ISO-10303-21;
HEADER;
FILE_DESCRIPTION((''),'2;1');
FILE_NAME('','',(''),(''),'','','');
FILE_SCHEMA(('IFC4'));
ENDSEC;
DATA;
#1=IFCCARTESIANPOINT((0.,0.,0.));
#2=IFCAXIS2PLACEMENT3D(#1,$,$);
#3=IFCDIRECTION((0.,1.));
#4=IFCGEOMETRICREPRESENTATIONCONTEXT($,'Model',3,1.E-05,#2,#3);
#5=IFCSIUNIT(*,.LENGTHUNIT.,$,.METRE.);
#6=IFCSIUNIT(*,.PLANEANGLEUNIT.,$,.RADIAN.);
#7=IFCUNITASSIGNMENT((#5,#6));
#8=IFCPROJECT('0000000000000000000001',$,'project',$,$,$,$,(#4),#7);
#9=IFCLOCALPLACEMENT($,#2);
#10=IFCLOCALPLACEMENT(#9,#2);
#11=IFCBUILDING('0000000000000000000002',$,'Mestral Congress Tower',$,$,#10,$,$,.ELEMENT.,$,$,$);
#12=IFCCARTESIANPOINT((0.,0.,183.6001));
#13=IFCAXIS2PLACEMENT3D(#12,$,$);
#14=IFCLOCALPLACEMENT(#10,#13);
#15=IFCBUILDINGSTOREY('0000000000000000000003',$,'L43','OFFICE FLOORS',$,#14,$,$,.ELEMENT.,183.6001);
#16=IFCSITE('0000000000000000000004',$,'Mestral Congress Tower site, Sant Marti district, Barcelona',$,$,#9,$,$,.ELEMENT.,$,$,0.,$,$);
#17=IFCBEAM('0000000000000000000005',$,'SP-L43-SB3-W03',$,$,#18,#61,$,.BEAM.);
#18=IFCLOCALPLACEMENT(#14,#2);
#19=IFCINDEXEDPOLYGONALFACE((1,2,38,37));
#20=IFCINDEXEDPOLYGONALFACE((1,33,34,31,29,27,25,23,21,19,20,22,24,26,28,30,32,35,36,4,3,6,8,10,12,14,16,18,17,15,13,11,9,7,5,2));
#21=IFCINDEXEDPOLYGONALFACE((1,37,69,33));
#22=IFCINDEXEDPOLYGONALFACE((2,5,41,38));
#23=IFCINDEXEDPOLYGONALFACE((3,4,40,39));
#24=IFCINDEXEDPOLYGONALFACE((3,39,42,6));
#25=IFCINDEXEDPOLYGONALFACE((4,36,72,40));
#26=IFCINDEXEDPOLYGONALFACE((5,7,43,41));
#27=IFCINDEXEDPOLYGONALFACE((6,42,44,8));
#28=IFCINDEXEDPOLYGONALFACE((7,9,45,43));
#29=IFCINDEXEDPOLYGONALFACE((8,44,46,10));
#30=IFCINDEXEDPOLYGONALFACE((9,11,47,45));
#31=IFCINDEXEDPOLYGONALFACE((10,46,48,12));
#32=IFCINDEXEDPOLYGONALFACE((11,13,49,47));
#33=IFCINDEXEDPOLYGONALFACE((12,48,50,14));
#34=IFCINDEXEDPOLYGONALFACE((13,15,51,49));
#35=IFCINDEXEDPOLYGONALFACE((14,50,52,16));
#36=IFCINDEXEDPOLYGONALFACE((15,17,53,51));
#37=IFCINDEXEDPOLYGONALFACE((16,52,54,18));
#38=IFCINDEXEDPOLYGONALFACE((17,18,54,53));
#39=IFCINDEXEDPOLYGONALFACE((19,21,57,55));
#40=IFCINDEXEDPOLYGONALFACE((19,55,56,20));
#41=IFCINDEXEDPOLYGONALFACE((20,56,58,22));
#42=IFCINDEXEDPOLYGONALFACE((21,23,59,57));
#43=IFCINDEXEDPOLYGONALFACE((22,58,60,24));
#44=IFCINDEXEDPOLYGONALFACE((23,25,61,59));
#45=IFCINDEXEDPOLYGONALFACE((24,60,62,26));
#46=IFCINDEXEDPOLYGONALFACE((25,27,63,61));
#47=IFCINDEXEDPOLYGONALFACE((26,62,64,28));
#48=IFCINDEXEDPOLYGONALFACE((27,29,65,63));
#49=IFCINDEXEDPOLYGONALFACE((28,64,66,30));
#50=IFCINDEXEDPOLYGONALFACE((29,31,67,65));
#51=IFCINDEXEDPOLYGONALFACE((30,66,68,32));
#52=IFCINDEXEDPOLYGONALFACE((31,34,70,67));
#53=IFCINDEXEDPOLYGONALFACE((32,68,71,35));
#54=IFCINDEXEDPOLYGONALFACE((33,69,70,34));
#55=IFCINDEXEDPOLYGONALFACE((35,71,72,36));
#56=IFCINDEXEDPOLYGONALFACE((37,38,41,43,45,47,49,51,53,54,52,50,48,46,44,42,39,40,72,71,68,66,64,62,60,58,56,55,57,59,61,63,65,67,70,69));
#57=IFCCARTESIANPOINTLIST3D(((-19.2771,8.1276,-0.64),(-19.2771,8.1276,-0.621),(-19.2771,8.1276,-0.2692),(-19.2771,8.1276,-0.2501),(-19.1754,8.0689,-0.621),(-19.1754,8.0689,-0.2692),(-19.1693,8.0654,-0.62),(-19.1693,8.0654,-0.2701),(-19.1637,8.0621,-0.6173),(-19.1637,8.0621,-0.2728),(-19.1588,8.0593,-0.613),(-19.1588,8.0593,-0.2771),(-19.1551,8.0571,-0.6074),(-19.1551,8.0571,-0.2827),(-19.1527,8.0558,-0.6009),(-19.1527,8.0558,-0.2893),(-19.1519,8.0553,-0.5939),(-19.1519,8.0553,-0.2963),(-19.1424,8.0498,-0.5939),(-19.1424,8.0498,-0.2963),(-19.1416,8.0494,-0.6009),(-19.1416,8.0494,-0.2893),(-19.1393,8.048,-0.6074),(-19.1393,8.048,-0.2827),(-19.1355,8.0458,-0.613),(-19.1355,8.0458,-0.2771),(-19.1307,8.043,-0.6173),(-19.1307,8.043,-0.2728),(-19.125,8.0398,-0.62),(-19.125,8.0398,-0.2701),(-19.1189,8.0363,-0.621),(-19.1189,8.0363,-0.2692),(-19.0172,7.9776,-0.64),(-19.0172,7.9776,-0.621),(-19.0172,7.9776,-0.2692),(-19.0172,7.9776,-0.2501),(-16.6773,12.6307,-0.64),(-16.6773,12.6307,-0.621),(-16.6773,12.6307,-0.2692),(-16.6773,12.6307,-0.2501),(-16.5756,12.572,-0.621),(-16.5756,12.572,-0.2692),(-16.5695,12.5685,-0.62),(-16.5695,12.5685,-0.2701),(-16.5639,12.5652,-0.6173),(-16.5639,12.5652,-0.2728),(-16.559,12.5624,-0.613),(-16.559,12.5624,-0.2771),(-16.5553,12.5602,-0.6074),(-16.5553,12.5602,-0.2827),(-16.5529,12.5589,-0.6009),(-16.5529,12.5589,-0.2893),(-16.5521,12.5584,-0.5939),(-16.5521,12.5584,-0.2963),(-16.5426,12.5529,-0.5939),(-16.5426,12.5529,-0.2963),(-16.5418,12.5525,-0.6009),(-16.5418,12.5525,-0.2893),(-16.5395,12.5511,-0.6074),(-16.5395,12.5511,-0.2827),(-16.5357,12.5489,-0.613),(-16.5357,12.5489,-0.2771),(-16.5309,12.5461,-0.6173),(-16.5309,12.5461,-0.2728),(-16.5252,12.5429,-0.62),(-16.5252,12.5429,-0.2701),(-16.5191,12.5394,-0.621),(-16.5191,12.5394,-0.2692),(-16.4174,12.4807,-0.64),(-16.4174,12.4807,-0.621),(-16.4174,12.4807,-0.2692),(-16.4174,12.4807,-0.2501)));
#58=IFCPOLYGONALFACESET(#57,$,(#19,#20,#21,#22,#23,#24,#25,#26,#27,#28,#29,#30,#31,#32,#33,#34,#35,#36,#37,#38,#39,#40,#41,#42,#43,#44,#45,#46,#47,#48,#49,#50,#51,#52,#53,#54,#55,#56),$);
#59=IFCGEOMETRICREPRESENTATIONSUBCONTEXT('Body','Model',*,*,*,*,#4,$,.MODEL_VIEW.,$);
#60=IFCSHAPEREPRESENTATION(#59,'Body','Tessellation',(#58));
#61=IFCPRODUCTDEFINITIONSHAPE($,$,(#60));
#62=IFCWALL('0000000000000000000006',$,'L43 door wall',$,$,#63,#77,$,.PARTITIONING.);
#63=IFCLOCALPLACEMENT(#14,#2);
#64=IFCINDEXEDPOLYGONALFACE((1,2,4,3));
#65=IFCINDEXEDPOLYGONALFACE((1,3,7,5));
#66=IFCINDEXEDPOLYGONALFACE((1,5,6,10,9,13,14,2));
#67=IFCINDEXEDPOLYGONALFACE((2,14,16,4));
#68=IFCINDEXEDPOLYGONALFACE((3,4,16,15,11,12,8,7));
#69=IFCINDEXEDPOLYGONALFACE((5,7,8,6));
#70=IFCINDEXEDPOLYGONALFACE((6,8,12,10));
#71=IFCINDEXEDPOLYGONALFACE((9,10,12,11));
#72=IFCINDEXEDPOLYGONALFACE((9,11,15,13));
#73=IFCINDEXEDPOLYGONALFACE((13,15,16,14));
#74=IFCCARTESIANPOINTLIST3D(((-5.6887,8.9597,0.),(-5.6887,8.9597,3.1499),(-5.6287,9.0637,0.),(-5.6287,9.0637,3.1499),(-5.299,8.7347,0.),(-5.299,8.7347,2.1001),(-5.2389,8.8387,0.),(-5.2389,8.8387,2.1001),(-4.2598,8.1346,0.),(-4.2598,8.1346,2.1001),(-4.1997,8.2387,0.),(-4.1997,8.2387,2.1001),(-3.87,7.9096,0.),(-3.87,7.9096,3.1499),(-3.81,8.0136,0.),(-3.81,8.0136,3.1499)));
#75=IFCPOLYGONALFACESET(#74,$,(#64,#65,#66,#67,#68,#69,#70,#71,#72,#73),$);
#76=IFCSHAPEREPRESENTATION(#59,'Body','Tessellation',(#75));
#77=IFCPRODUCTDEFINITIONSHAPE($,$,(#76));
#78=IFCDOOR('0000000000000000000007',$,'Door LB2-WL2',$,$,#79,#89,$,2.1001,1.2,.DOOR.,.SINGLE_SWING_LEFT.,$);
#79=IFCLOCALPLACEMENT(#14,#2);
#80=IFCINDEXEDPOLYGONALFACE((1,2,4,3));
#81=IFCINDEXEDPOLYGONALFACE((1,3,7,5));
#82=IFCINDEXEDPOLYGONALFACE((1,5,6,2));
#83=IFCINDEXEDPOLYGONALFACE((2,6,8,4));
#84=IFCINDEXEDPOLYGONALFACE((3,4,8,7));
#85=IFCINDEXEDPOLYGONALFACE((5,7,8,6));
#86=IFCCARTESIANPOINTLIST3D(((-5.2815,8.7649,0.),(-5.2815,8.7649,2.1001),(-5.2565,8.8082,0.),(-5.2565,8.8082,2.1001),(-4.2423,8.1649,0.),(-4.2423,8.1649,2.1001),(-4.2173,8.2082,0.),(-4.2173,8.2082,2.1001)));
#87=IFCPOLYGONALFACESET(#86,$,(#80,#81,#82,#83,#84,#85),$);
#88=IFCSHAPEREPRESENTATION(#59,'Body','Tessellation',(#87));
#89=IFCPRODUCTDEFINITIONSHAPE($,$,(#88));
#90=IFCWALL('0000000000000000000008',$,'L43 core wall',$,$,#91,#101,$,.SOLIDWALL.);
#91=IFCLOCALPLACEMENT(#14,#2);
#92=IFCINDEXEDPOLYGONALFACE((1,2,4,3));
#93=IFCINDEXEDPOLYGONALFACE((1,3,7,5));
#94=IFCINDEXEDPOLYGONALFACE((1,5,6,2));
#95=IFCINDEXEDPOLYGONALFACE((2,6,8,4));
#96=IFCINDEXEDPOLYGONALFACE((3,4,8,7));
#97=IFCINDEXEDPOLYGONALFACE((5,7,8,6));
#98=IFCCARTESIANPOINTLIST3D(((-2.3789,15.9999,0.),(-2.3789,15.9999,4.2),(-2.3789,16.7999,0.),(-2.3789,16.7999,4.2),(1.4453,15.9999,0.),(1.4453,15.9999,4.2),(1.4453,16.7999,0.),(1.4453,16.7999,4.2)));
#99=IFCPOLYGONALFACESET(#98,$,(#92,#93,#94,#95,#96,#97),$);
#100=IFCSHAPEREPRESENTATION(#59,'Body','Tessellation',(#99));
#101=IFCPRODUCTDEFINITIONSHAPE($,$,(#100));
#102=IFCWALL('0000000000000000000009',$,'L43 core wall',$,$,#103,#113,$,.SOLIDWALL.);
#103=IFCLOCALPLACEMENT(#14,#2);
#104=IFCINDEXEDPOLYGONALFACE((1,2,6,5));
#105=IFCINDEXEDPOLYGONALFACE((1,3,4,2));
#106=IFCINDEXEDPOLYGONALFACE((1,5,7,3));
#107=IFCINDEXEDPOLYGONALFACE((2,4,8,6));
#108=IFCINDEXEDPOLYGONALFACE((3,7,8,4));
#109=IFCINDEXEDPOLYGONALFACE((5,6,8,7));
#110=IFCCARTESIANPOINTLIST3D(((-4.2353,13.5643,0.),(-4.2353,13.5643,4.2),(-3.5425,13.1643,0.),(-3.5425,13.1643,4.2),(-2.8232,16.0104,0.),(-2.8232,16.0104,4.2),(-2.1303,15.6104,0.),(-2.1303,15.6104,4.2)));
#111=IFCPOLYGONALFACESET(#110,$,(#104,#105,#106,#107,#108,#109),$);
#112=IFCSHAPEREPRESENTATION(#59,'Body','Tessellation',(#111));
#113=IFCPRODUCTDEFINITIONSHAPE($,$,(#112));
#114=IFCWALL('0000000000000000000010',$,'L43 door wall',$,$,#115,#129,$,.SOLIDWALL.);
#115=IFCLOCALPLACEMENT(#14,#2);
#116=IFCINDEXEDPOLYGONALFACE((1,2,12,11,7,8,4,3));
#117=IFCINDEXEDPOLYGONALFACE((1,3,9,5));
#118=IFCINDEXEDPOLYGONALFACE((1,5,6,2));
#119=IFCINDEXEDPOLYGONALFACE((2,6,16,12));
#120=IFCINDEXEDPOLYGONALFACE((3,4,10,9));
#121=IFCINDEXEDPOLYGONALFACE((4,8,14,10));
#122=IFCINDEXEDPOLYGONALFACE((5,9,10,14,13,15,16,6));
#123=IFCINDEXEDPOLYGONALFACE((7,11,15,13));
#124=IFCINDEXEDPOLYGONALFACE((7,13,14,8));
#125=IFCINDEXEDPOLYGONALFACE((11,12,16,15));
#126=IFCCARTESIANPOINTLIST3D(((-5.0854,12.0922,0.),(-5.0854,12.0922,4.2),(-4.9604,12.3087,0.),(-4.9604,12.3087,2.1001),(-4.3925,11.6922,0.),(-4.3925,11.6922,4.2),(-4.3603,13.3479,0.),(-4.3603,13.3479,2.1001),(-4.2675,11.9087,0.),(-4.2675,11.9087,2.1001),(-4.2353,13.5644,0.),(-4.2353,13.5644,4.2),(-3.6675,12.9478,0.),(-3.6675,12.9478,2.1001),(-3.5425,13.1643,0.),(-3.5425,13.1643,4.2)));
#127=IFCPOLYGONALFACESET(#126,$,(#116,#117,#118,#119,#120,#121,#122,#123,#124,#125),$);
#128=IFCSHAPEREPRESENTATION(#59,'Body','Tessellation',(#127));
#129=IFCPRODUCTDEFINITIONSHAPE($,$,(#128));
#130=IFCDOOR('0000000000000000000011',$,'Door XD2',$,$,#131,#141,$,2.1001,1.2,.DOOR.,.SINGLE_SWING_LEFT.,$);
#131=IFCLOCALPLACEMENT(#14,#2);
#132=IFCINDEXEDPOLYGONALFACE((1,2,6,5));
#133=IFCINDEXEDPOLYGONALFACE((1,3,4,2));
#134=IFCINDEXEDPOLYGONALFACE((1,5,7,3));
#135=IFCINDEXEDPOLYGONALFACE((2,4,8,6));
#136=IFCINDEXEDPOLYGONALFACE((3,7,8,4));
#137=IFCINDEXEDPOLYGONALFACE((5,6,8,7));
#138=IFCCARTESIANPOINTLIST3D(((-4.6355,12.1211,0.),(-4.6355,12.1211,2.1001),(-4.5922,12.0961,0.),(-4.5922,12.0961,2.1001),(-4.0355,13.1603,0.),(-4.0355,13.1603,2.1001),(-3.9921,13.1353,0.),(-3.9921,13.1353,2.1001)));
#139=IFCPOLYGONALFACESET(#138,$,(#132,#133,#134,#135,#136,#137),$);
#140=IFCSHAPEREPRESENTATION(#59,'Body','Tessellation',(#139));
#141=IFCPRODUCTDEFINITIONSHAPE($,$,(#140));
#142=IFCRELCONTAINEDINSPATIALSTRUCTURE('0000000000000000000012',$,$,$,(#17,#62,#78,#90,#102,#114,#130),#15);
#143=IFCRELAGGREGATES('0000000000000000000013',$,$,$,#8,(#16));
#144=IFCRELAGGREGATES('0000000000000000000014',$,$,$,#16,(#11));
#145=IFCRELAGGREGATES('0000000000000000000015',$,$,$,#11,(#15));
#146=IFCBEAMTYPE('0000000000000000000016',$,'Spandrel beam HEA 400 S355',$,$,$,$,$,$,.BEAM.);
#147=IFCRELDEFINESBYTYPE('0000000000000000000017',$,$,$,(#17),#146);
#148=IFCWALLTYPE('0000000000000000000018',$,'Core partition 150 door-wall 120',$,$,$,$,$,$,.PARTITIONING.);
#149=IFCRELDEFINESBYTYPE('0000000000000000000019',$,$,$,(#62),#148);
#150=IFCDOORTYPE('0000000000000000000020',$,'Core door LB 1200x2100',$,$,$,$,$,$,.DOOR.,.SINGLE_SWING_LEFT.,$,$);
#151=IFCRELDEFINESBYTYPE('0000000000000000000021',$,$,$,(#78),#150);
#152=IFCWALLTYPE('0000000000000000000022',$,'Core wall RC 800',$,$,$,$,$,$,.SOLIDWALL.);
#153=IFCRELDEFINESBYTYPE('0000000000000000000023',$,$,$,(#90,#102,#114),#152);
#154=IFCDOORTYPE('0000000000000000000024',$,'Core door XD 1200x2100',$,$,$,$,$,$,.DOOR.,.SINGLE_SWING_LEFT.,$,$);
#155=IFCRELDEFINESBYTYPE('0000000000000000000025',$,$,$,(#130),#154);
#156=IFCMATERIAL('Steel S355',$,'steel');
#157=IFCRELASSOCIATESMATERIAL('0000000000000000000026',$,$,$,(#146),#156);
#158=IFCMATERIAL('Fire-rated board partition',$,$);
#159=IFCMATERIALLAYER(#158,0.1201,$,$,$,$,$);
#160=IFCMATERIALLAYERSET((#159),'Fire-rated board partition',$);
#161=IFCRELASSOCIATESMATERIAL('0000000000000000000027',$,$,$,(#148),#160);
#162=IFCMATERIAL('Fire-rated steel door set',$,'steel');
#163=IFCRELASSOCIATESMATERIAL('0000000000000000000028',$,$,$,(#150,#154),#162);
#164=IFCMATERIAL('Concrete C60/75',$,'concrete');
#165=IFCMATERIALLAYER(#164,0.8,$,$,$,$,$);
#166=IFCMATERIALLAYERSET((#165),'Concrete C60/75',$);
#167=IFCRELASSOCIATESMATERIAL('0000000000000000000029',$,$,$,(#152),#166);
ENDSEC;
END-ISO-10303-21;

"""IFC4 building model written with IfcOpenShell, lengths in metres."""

from ifc_helpers import new_model, si_unit, direction, frame, frame_2d, origin, origin_2d, place, context, subcontext, project, spatial, rectangle, i_section, extrude, material, layer, layer_set, material_profile, profile_set, type_object, element, fill, save


model = new_model("IFC4")

# Units and contexts
model_context = context("Model", 3, precision=1e-05, world=origin(), true_north=direction((0.0, 1.0)))
body_context = subcontext(model_context, "Body", "Model", "MODEL_VIEW")
ifc_project = project(units=[si_unit("LENGTHUNIT", "METRE"), si_unit("PLANEANGLEUNIT", "RADIAN")], contexts=[model_context])

# Site, building, storey
site_placement = place(None, origin())
site = spatial("IfcSite", under=ifc_project, at=site_placement, Name="Mestral Congress Tower site, Sant Marti district, Barcelona", CompositionType="ELEMENT", RefElevation=0.0)
building_placement = place(site_placement, origin())
building = spatial("IfcBuilding", under=site, at=building_placement, Name="Mestral Congress Tower", CompositionType="ELEMENT")
storey_placement = place(building_placement, frame((0.0, 0.0, 183.6001)))
storey = spatial("IfcBuildingStorey", under=building, at=storey_placement, Name="L43", Description="OFFICE FLOORS", CompositionType="ELEMENT", Elevation=183.6001)

# Shared definitions
ifc_material_1 = material(Name="Concrete C60/75", Category="concrete")

# Beam
ifc_material_2 = material(Name="Steel S355", Category="steel")
ifc_material_profile_1 = material_profile(ifc_material_2, i_section(OverallWidth=0.3, OverallDepth=0.3899, WebThickness=0.011, FlangeThickness=0.019, FilletRadius=0.0271, at=origin_2d()), Name="HEA 400")
ifc_profile_set_1 = profile_set([ifc_material_profile_1], Name="Steel S355")
beam_type_1 = type_object("IfcBeamType", Name="Spandrel beam HEA 400 S355", PredefinedType="BEAM", material=ifc_profile_set_1)
beam_1_placement = place(storey_placement, frame((-16.5474, 12.5557, -0.4451), z_axis=(-0.499992, -0.86603, 0.0), x_axis=(0.86603, -0.499992, 0.0)))
element("IfcBeam", 1, at=beam_1_placement, inside=storey, type_object=beam_type_1, Name="SP-L43-SB3-W03", PredefinedType="BEAM", context=body_context, shape_type="SweptSolid", body=[
    extrude(i_section(OverallWidth=0.3, OverallDepth=0.3899, WebThickness=0.011, FlangeThickness=0.019, FilletRadius=0.0271, at=origin_2d()), origin(), (0.0, 0.0, 1.0), 5.1997),
])

# Wall, opening, door
ifc_material_3 = material(Name="Fire-rated board partition")
ifc_layer_1 = layer(ifc_material_3, 0.1201)
ifc_layer_set_1 = layer_set([ifc_layer_1], Name="Fire-rated board partition")
wall_type_1 = type_object("IfcWallType", Name="Core partition 150 door-wall 120", PredefinedType="PARTITIONING", material=ifc_layer_set_1)
wall_1_placement = place(storey_placement, frame((-5.6587, 9.0117, 0.0), z_axis=(0.0, 0.0, 1.0), x_axis=(0.866009, -0.500028, 0.0)))
wall_1 = element("IfcWall", 2, at=wall_1_placement, inside=storey, type_object=wall_type_1, Name="L43 door wall", PredefinedType="PARTITIONING", context=body_context, shape_type="SweptSolid", body=[
    extrude(rectangle(XDim=2.1001, YDim=0.1201, at=frame_2d((1.05, 0.0))), origin(), (0.0, 0.0, 1.0), 3.1499),
])
opening_1_placement = place(wall_1_placement, frame((0.45, 0.0, 0.0)))
opening_1 = element("IfcOpeningElement", 3, at=opening_1_placement, cuts=wall_1, PredefinedType="OPENING", context=body_context, shape_type="SweptSolid", body=[
    extrude(rectangle(XDim=1.2, YDim=2.1001, at=frame_2d((0.6001, 1.05))), frame((0.0, 0.0701, 0.0), z_axis=(0.0, -1.0, 0.0), x_axis=(1.0, 0.0, 0.0)), (0.0, 0.0, 1.0), 0.1401),
])
ifc_material_4 = material(Name="Fire-rated steel door set", Category="steel")
door_type_1 = type_object("IfcDoorType", Name="Core door LB 1200x2100", OperationType="SINGLE_SWING_LEFT", PredefinedType="DOOR", material=ifc_material_4)
door_1_placement = place(opening_1_placement, origin())
door_1 = element("IfcDoor", 4, at=door_1_placement, inside=storey, type_object=door_type_1, Name="Door LB2-WL2", OperationType="SINGLE_SWING_LEFT", OverallHeight=2.1001, OverallWidth=1.2, PredefinedType="DOOR", context=body_context, shape_type="SweptSolid", body=[
    extrude(rectangle(XDim=1.2, YDim=2.1001, at=frame_2d((0.6001, 1.05))), frame((0.0, 0.0249, 0.0), z_axis=(0.0, -1.0, 0.0), x_axis=(1.0, 0.0, 0.0)), (0.0, 0.0, 1.0), 0.05),
])
fill(opening_1, door_1)

# Walls
ifc_layer_2 = layer(ifc_material_1, 0.8)
ifc_layer_set_2 = layer_set([ifc_layer_2], Name="Concrete C60/75")
wall_type_2 = type_object("IfcWallType", Name="Core wall RC 800", PredefinedType="SOLIDWALL", material=ifc_layer_set_2)
wall_2_placement = place(storey_placement, frame((-2.3789, 16.3999, 0.0), z_axis=(0.0, 0.0, 1.0), x_axis=(1.0, 0.0, 0.0)))
element("IfcWall", 5, at=wall_2_placement, inside=storey, type_object=wall_type_2, Name="L43 core wall", PredefinedType="SOLIDWALL", context=body_context, shape_type="SweptSolid", body=[
    extrude(rectangle(XDim=3.8242, YDim=0.8, at=frame_2d((1.9121, 0.0))), origin(), (0.0, 0.0, 1.0), 4.2),
])
wall_3_placement = place(storey_placement, frame((-2.4768, 15.8103, 0.0), z_axis=(0.0, 0.0, 1.0), x_axis=(-0.499969, -0.866043, 0.0)))
element("IfcWall", 6, at=wall_3_placement, inside=storey, type_object=wall_type_2, Name="L43 core wall", PredefinedType="SOLIDWALL", context=body_context, shape_type="SweptSolid", body=[
    extrude(rectangle(XDim=2.8245, YDim=0.8, at=frame_2d((1.4121, 0.0))), origin(), (0.0, 0.0, 1.0), 4.2),
])

# Wall, opening, door
wall_4_placement = place(storey_placement, frame((-4.739, 11.8921, 0.0), z_axis=(0.0, 0.0, 1.0), x_axis=(0.500062, 0.865989, 0.0)))
wall_4 = element("IfcWall", 7, at=wall_4_placement, inside=storey, type_object=wall_type_2, Name="L43 door wall", PredefinedType="SOLIDWALL", context=body_context, shape_type="SweptSolid", body=[
    extrude(rectangle(XDim=1.7, YDim=0.8, at=frame_2d((0.8501, 0.0))), origin(), (0.0, 0.0, 1.0), 4.2),
])
opening_2_placement = place(wall_4_placement, frame((0.25, 0.0, 0.0)))
opening_2 = element("IfcOpeningElement", 8, at=opening_2_placement, cuts=wall_4, PredefinedType="OPENING", context=body_context, shape_type="SweptSolid", body=[
    extrude(rectangle(XDim=1.2, YDim=2.1001, at=frame_2d((0.6001, 1.05))), frame((0.0, 0.4099, 0.0), z_axis=(0.0, -1.0, 0.0), x_axis=(1.0, 0.0, 0.0)), (0.0, 0.0, 1.0), 0.8201),
])
door_type_2 = type_object("IfcDoorType", Name="Core door XD 1200x2100", OperationType="SINGLE_SWING_LEFT", PredefinedType="DOOR", material=ifc_material_4)
door_2_placement = place(opening_2_placement, origin())
door_2 = element("IfcDoor", 9, at=door_2_placement, inside=storey, type_object=door_type_2, Name="Door XD2", OperationType="SINGLE_SWING_LEFT", OverallHeight=2.1001, OverallWidth=1.2, PredefinedType="DOOR", context=body_context, shape_type="SweptSolid", body=[
    extrude(rectangle(XDim=1.2, YDim=2.1001, at=frame_2d((0.6001, 1.05))), frame((0.0, 0.0249, 0.0), z_axis=(0.0, -1.0, 0.0), x_axis=(1.0, 0.0, 0.0)), (0.0, 0.0, 1.0), 0.05),
])
fill(opening_2, door_2)

save(model, "model.ifc")
